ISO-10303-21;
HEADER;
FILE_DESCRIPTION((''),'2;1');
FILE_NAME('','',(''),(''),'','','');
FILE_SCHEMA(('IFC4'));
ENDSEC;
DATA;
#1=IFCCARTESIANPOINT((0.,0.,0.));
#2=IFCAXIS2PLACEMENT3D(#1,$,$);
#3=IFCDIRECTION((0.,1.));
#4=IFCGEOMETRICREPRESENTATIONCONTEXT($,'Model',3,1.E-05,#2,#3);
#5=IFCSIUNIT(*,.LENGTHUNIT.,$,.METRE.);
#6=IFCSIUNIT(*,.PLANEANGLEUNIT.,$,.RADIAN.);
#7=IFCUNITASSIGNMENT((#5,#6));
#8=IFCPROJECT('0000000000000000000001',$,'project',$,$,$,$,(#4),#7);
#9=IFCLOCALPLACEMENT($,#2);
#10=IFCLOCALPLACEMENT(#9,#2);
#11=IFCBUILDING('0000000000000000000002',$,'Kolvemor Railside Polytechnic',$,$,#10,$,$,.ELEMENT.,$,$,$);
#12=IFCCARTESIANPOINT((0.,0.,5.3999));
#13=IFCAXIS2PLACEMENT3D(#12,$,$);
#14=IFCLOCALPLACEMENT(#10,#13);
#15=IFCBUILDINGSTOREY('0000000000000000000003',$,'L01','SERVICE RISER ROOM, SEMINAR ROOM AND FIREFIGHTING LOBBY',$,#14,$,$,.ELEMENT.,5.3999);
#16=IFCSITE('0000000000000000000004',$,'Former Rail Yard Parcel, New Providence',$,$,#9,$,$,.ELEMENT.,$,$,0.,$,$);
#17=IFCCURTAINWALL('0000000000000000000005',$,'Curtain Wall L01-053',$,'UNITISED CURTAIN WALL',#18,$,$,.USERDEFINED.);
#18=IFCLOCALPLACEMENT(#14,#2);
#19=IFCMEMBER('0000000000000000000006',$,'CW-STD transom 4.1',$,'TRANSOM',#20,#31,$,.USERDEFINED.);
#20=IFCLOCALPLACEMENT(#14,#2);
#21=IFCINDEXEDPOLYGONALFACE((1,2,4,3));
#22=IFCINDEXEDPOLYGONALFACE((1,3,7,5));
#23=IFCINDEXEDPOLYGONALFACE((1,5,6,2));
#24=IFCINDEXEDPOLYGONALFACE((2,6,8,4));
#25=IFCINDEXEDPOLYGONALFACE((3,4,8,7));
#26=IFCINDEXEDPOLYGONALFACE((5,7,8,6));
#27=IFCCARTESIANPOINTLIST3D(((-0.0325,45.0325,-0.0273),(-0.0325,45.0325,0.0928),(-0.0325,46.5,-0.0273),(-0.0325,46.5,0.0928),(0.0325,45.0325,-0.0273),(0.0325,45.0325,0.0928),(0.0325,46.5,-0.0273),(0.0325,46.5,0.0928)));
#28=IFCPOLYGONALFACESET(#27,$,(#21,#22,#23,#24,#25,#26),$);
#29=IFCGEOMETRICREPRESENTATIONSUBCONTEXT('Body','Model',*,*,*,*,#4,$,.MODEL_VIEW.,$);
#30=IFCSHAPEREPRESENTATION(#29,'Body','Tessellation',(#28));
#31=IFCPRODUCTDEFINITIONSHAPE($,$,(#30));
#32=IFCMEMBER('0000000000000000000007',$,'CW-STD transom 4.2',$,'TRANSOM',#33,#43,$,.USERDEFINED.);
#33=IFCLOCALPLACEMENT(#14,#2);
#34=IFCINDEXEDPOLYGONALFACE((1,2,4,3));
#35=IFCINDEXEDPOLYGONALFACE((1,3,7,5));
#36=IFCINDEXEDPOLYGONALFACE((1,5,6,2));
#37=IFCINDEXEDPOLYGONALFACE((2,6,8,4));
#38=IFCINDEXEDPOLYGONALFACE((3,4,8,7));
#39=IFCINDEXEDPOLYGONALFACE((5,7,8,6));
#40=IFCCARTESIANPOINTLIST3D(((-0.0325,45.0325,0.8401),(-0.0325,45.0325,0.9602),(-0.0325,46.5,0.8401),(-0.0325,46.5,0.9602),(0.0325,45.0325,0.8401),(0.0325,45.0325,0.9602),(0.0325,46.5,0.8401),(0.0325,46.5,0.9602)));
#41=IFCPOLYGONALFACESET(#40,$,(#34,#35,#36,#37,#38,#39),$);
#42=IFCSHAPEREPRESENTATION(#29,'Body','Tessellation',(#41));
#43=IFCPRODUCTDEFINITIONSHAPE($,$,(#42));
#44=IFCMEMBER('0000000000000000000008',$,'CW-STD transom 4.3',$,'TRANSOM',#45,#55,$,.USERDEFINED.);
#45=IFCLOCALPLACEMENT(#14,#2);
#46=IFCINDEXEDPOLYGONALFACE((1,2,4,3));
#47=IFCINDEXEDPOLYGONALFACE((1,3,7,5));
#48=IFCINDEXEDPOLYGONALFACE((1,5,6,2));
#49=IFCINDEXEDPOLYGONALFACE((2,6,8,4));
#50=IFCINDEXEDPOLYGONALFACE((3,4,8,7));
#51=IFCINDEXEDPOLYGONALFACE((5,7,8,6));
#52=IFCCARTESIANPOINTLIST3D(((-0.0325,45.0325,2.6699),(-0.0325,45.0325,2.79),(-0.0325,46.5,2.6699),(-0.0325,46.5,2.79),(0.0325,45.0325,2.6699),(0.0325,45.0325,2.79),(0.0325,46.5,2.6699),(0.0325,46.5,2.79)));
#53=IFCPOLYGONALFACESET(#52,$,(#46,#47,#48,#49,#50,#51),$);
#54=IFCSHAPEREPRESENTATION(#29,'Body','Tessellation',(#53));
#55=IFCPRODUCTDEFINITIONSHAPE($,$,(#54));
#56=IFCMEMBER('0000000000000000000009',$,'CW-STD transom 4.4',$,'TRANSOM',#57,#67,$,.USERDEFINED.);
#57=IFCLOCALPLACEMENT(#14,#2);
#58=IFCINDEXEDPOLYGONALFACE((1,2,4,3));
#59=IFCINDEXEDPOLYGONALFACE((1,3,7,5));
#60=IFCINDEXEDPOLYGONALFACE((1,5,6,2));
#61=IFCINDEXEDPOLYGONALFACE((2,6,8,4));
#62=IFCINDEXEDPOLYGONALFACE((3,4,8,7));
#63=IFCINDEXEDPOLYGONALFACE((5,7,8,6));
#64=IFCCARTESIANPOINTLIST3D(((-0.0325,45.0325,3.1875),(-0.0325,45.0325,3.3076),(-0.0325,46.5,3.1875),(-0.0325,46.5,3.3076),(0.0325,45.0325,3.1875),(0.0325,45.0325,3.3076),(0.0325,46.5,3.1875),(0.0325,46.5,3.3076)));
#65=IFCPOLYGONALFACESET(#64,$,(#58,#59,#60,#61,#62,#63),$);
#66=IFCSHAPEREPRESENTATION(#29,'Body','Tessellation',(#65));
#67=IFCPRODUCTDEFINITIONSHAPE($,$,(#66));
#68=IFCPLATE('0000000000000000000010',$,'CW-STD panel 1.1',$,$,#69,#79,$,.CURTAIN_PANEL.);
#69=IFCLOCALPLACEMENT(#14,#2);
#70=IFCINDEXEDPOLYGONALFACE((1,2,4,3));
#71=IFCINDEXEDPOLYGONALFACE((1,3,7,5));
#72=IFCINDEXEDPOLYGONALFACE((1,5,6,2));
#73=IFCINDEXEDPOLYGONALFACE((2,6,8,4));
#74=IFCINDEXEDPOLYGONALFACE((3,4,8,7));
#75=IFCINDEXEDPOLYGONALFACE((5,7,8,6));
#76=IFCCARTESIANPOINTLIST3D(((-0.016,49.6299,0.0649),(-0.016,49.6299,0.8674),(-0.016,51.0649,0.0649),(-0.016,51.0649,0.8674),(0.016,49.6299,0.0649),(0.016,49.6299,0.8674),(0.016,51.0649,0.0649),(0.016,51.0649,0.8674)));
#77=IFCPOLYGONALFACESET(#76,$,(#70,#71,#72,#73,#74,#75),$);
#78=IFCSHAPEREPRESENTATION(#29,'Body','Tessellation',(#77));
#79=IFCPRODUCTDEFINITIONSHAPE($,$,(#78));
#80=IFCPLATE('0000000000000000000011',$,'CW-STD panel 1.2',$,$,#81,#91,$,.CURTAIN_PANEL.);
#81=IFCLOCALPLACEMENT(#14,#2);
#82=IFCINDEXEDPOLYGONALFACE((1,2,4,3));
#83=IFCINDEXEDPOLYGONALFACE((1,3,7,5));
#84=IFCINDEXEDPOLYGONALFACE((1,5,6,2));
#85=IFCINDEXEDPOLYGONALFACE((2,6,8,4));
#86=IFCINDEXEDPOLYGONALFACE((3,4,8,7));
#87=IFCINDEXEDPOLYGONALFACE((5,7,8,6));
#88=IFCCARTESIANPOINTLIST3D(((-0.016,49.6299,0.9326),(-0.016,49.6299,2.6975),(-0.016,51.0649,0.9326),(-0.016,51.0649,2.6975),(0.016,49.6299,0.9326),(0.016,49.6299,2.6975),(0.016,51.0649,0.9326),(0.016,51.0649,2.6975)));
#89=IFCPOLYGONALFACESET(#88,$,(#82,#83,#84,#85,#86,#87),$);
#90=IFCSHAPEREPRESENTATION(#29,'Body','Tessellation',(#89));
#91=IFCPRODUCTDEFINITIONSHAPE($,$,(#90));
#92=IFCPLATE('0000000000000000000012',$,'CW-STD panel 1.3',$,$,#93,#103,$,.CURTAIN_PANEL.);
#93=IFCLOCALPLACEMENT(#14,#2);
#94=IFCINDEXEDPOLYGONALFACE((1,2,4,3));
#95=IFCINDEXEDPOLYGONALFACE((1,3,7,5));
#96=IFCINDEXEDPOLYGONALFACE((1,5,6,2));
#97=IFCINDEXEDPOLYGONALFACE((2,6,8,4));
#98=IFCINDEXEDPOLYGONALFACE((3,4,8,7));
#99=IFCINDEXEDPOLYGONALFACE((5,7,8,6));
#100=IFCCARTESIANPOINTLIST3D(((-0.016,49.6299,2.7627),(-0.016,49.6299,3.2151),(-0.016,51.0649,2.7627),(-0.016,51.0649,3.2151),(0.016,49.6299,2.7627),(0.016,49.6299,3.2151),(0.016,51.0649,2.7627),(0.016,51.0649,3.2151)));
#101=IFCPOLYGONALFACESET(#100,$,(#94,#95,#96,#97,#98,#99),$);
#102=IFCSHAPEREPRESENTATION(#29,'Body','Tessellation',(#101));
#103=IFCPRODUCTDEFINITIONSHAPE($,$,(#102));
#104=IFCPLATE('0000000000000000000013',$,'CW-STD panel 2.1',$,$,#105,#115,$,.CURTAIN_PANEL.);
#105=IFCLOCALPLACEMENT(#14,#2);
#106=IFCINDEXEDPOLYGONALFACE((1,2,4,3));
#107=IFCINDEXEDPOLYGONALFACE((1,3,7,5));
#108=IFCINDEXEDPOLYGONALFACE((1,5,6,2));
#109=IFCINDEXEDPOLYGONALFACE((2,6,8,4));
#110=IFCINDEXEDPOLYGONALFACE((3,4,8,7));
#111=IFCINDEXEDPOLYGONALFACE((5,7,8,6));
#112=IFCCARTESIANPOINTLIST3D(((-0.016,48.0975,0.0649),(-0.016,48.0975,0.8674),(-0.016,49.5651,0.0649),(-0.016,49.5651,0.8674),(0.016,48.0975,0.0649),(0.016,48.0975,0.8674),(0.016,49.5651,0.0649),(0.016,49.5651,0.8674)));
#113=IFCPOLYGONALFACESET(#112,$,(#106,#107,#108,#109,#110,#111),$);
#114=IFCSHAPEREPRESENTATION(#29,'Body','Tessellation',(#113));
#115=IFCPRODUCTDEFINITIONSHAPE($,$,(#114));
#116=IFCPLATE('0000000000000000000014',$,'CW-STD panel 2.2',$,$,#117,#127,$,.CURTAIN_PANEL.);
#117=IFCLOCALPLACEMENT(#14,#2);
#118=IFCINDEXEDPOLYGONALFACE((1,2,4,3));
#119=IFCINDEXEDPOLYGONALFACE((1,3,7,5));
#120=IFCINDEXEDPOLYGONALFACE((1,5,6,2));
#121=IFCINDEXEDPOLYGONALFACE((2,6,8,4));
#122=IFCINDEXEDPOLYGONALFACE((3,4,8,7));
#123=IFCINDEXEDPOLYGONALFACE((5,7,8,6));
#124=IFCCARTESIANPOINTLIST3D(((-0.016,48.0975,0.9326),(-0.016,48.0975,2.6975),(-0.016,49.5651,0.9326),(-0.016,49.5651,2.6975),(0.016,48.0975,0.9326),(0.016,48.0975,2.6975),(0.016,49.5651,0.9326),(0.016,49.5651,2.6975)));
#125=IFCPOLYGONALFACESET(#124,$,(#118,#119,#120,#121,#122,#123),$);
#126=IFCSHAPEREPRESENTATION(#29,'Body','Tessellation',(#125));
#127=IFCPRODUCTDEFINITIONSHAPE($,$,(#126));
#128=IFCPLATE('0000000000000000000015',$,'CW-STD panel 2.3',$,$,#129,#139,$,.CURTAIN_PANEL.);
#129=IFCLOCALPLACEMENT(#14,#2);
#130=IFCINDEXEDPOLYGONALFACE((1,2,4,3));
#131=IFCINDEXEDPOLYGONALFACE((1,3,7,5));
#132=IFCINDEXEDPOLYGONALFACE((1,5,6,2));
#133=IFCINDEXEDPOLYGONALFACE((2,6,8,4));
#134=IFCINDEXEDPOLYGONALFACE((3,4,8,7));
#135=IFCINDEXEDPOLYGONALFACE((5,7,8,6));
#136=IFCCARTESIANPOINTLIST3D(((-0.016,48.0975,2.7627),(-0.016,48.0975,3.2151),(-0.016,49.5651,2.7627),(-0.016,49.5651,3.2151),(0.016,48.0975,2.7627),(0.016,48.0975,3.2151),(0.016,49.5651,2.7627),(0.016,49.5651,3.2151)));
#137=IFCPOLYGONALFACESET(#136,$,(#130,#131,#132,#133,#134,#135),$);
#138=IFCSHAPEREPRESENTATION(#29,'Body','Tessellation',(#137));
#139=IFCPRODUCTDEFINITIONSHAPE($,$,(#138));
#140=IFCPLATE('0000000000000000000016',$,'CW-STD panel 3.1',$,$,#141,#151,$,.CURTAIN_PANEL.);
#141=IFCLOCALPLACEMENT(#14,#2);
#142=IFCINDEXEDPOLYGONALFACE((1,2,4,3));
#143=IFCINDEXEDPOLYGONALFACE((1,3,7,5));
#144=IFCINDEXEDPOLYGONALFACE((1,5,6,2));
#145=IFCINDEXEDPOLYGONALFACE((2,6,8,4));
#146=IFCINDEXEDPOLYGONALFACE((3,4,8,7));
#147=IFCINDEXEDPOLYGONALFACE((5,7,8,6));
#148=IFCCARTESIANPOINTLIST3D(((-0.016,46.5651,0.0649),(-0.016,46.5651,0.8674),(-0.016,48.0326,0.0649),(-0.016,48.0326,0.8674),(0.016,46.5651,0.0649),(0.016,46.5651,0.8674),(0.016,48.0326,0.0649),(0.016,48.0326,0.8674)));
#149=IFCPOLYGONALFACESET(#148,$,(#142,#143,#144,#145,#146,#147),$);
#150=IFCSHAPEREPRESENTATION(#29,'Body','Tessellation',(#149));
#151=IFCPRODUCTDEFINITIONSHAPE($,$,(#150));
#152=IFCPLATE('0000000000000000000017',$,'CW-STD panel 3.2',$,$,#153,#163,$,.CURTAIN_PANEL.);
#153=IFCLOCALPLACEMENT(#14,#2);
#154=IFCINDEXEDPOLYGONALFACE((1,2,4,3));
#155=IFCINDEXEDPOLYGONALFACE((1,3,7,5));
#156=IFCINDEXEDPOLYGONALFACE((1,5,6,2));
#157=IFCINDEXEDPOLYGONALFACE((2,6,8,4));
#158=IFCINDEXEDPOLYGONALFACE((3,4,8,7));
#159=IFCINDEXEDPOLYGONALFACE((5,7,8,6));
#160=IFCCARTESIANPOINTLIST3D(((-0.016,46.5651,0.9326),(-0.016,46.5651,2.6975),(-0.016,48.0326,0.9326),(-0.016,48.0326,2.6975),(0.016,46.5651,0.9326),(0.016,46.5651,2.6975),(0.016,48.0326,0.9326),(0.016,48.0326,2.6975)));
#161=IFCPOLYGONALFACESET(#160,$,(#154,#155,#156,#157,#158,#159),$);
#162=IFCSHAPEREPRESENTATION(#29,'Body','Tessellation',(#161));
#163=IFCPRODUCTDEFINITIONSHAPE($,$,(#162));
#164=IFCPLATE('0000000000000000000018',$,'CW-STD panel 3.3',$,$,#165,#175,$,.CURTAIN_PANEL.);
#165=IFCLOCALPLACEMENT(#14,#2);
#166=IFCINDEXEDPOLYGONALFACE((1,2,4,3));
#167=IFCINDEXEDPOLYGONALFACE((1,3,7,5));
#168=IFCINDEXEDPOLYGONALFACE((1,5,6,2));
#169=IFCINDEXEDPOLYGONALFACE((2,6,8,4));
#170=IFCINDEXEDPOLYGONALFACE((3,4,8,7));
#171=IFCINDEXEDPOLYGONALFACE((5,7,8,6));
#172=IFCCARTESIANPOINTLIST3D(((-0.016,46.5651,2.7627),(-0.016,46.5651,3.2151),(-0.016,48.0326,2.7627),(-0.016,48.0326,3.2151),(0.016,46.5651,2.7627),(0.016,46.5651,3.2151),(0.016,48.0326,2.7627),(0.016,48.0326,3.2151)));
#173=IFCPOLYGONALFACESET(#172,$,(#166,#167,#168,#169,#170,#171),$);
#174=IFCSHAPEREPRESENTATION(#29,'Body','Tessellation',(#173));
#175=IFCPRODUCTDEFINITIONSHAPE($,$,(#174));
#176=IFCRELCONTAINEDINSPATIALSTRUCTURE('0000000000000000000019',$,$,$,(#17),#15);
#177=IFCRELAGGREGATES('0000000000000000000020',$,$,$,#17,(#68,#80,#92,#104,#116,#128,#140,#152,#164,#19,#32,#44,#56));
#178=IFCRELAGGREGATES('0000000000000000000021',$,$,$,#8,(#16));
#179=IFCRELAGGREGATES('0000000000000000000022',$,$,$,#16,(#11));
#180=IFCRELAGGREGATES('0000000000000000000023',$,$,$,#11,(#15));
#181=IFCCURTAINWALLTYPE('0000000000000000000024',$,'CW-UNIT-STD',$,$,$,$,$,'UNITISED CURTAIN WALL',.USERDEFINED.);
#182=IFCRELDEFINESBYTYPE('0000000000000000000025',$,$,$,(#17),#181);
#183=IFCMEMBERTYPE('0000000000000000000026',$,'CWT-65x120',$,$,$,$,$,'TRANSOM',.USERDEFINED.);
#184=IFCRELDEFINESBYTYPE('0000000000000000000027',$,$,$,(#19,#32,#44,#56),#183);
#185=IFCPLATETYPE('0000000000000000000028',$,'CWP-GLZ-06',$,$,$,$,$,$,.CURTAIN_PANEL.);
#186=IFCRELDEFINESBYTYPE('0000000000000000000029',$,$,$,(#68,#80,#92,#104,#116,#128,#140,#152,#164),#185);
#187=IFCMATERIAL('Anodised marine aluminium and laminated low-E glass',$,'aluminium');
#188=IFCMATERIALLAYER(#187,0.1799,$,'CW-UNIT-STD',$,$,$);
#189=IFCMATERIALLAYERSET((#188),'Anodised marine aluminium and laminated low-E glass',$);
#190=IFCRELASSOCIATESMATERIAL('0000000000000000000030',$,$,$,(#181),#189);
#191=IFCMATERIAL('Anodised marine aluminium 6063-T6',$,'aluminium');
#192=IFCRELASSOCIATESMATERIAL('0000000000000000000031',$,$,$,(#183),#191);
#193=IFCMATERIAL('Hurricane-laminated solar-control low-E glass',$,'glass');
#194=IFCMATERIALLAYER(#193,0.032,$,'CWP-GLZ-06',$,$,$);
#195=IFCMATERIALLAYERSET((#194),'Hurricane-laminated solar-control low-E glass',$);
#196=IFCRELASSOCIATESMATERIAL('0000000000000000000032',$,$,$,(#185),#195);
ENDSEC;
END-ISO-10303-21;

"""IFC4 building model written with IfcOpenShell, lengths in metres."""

from ifc_helpers import new_model, si_unit, direction, frame, origin, origin_2d, place, context, subcontext, project, spatial, rectangle, extrude, material, layer, layer_set, material_profile, profile_set, type_object, element, aggregate, save


model = new_model("IFC4")

# Units and contexts
model_context = context("Model", 3, precision=1e-05, world=origin(), true_north=direction((0.0, 1.0)))
body_context = subcontext(model_context, "Body", "Model", "MODEL_VIEW")
ifc_project = project(units=[si_unit("LENGTHUNIT", "METRE"), si_unit("PLANEANGLEUNIT", "RADIAN")], contexts=[model_context])

# Site, building, storey
site_placement = place(None, origin())
site = spatial("IfcSite", under=ifc_project, at=site_placement, Name="Former Rail Yard Parcel, New Providence", CompositionType="ELEMENT", RefElevation=0.0)
building_placement = place(site_placement, origin())
building = spatial("IfcBuilding", under=site, at=building_placement, Name="Kolvemor Railside Polytechnic", CompositionType="ELEMENT")
storey_placement = place(building_placement, frame((0.0, 0.0, 5.3999)))
storey = spatial("IfcBuildingStorey", under=building, at=storey_placement, Name="L01", Description="SERVICE RISER ROOM, SEMINAR ROOM AND FIREFIGHTING LOBBY", CompositionType="ELEMENT", Elevation=5.3999)

# Curtain wall, members, plates
ifc_material_1 = material(Name="Anodised marine aluminium and laminated low-E glass", Category="aluminium")
ifc_layer_1 = layer(ifc_material_1, 0.1799, Name="CW-UNIT-STD")
ifc_layer_set_1 = layer_set([ifc_layer_1], Name="Anodised marine aluminium and laminated low-E glass")
curtain_wall_type = type_object("IfcCurtainWallType", Name="CW-UNIT-STD", ElementType="UNITISED CURTAIN WALL", PredefinedType="USERDEFINED", material=ifc_layer_set_1)
curtain_wall_placement = place(storey_placement, origin())
curtain_wall = element("IfcCurtainWall", 1, at=curtain_wall_placement, inside=storey, type_object=curtain_wall_type, Name="Curtain Wall L01-053", ObjectType="UNITISED CURTAIN WALL", PredefinedType="USERDEFINED")
ifc_material_2 = material(Name="Anodised marine aluminium 6063-T6", Category="aluminium")
ifc_material_profile_1 = material_profile(ifc_material_2, rectangle(XDim=0.0649, YDim=0.1201, at=origin_2d()), Name="CW-TRN-65x120")
ifc_profile_set_1 = profile_set([ifc_material_profile_1], Name="Anodised marine aluminium 6063-T6")
member_type_1 = type_object("IfcMemberType", Name="CWT-65x120", ElementType="TRANSOM", PredefinedType="USERDEFINED", material=ifc_profile_set_1)
member_1_placement = place(storey_placement, frame((0.0, 46.5, 0.0327), z_axis=(0.0, -1.0, 0.0), x_axis=(1.0, 0.0, 0.0)))
member_1 = element("IfcMember", 2, at=member_1_placement, type_object=member_type_1, Name="CW-STD transom 4.1", ObjectType="TRANSOM", PredefinedType="USERDEFINED", context=body_context, shape_type="SweptSolid", body=[
    extrude(rectangle(XDim=0.0649, YDim=0.1201, at=origin_2d()), origin(), (0.0, 0.0, 1.0), 1.4675),
])
member_2_placement = place(storey_placement, frame((0.0, 46.5, 0.9001), z_axis=(0.0, -1.0, 0.0), x_axis=(1.0, 0.0, 0.0)))
member_2 = element("IfcMember", 3, at=member_2_placement, type_object=member_type_1, Name="CW-STD transom 4.2", ObjectType="TRANSOM", PredefinedType="USERDEFINED", context=body_context, shape_type="SweptSolid", body=[
    extrude(rectangle(XDim=0.0649, YDim=0.1201, at=origin_2d()), origin(), (0.0, 0.0, 1.0), 1.4675),
])
member_3_placement = place(storey_placement, frame((0.0, 46.5, 2.73), z_axis=(0.0, -1.0, 0.0), x_axis=(1.0, 0.0, 0.0)))
member_3 = element("IfcMember", 4, at=member_3_placement, type_object=member_type_1, Name="CW-STD transom 4.3", ObjectType="TRANSOM", PredefinedType="USERDEFINED", context=body_context, shape_type="SweptSolid", body=[
    extrude(rectangle(XDim=0.0649, YDim=0.1201, at=origin_2d()), origin(), (0.0, 0.0, 1.0), 1.4675),
])
member_4_placement = place(storey_placement, frame((0.0, 46.5, 3.2476), z_axis=(0.0, -1.0, 0.0), x_axis=(1.0, 0.0, 0.0)))
member_4 = element("IfcMember", 5, at=member_4_placement, type_object=member_type_1, Name="CW-STD transom 4.4", ObjectType="TRANSOM", PredefinedType="USERDEFINED", context=body_context, shape_type="SweptSolid", body=[
    extrude(rectangle(XDim=0.0649, YDim=0.1201, at=origin_2d()), origin(), (0.0, 0.0, 1.0), 1.4675),
])
ifc_material_3 = material(Name="Hurricane-laminated solar-control low-E glass", Category="glass")
ifc_layer_2 = layer(ifc_material_3, 0.032, Name="CWP-GLZ-06")
ifc_layer_set_2 = layer_set([ifc_layer_2], Name="Hurricane-laminated solar-control low-E glass")
plate_type = type_object("IfcPlateType", Name="CWP-GLZ-06", PredefinedType="CURTAIN_PANEL", material=ifc_layer_set_2)
plate_1_placement = place(storey_placement, frame((0.0, 50.3474, 0.0649), z_axis=(0.0, 0.0, 1.0), x_axis=(0.0, -1.0, 0.0)))
plate_1 = element("IfcPlate", 6, at=plate_1_placement, type_object=plate_type, Name="CW-STD panel 1.1", PredefinedType="CURTAIN_PANEL", context=body_context, shape_type="SweptSolid", body=[
    extrude(rectangle(XDim=1.4351, YDim=0.032, at=origin_2d()), origin(), (0.0, 0.0, 1.0), 0.8025),
])
plate_2_placement = place(storey_placement, frame((0.0, 50.3474, 0.9326), z_axis=(0.0, 0.0, 1.0), x_axis=(0.0, -1.0, 0.0)))
plate_2 = element("IfcPlate", 7, at=plate_2_placement, type_object=plate_type, Name="CW-STD panel 1.2", PredefinedType="CURTAIN_PANEL", context=body_context, shape_type="SweptSolid", body=[
    extrude(rectangle(XDim=1.4351, YDim=0.032, at=origin_2d()), origin(), (0.0, 0.0, 1.0), 1.7649),
])
plate_3_placement = place(storey_placement, frame((0.0, 50.3474, 2.7627), z_axis=(0.0, 0.0, 1.0), x_axis=(0.0, -1.0, 0.0)))
plate_3 = element("IfcPlate", 8, at=plate_3_placement, type_object=plate_type, Name="CW-STD panel 1.3", PredefinedType="CURTAIN_PANEL", context=body_context, shape_type="SweptSolid", body=[
    extrude(rectangle(XDim=1.4351, YDim=0.032, at=origin_2d()), origin(), (0.0, 0.0, 1.0), 0.4524),
])
plate_4_placement = place(storey_placement, frame((0.0, 48.8313, 0.0649), z_axis=(0.0, 0.0, 1.0), x_axis=(0.0, -1.0, 0.0)))
plate_4 = element("IfcPlate", 9, at=plate_4_placement, type_object=plate_type, Name="CW-STD panel 2.1", PredefinedType="CURTAIN_PANEL", context=body_context, shape_type="SweptSolid", body=[
    extrude(rectangle(XDim=1.4675, YDim=0.032, at=origin_2d()), origin(), (0.0, 0.0, 1.0), 0.8025),
])
plate_5_placement = place(storey_placement, frame((0.0, 48.8313, 0.9326), z_axis=(0.0, 0.0, 1.0), x_axis=(0.0, -1.0, 0.0)))
plate_5 = element("IfcPlate", 10, at=plate_5_placement, type_object=plate_type, Name="CW-STD panel 2.2", PredefinedType="CURTAIN_PANEL", context=body_context, shape_type="SweptSolid", body=[
    extrude(rectangle(XDim=1.4675, YDim=0.032, at=origin_2d()), origin(), (0.0, 0.0, 1.0), 1.7649),
])
plate_6_placement = place(storey_placement, frame((0.0, 48.8313, 2.7627), z_axis=(0.0, 0.0, 1.0), x_axis=(0.0, -1.0, 0.0)))
plate_6 = element("IfcPlate", 11, at=plate_6_placement, type_object=plate_type, Name="CW-STD panel 2.3", PredefinedType="CURTAIN_PANEL", context=body_context, shape_type="SweptSolid", body=[
    extrude(rectangle(XDim=1.4675, YDim=0.032, at=origin_2d()), origin(), (0.0, 0.0, 1.0), 0.4524),
])
plate_7_placement = place(storey_placement, frame((0.0, 47.2988, 0.0649), z_axis=(0.0, 0.0, 1.0), x_axis=(0.0, -1.0, 0.0)))
plate_7 = element("IfcPlate", 12, at=plate_7_placement, type_object=plate_type, Name="CW-STD panel 3.1", PredefinedType="CURTAIN_PANEL", context=body_context, shape_type="SweptSolid", body=[
    extrude(rectangle(XDim=1.4675, YDim=0.032, at=origin_2d()), origin(), (0.0, 0.0, 1.0), 0.8025),
])
plate_8_placement = place(storey_placement, frame((0.0, 47.2988, 0.9326), z_axis=(0.0, 0.0, 1.0), x_axis=(0.0, -1.0, 0.0)))
plate_8 = element("IfcPlate", 13, at=plate_8_placement, type_object=plate_type, Name="CW-STD panel 3.2", PredefinedType="CURTAIN_PANEL", context=body_context, shape_type="SweptSolid", body=[
    extrude(rectangle(XDim=1.4675, YDim=0.032, at=origin_2d()), origin(), (0.0, 0.0, 1.0), 1.7649),
])
plate_9_placement = place(storey_placement, frame((0.0, 47.2988, 2.7627), z_axis=(0.0, 0.0, 1.0), x_axis=(0.0, -1.0, 0.0)))
plate_9 = element("IfcPlate", 14, at=plate_9_placement, type_object=plate_type, Name="CW-STD panel 3.3", PredefinedType="CURTAIN_PANEL", context=body_context, shape_type="SweptSolid", body=[
    extrude(rectangle(XDim=1.4675, YDim=0.032, at=origin_2d()), origin(), (0.0, 0.0, 1.0), 0.4524),
])
aggregate(curtain_wall, [plate_1, plate_2, plate_3, plate_4, plate_5, plate_6, plate_7, plate_8, plate_9, member_1, member_2, member_3, member_4])

save(model, "model.ifc")
